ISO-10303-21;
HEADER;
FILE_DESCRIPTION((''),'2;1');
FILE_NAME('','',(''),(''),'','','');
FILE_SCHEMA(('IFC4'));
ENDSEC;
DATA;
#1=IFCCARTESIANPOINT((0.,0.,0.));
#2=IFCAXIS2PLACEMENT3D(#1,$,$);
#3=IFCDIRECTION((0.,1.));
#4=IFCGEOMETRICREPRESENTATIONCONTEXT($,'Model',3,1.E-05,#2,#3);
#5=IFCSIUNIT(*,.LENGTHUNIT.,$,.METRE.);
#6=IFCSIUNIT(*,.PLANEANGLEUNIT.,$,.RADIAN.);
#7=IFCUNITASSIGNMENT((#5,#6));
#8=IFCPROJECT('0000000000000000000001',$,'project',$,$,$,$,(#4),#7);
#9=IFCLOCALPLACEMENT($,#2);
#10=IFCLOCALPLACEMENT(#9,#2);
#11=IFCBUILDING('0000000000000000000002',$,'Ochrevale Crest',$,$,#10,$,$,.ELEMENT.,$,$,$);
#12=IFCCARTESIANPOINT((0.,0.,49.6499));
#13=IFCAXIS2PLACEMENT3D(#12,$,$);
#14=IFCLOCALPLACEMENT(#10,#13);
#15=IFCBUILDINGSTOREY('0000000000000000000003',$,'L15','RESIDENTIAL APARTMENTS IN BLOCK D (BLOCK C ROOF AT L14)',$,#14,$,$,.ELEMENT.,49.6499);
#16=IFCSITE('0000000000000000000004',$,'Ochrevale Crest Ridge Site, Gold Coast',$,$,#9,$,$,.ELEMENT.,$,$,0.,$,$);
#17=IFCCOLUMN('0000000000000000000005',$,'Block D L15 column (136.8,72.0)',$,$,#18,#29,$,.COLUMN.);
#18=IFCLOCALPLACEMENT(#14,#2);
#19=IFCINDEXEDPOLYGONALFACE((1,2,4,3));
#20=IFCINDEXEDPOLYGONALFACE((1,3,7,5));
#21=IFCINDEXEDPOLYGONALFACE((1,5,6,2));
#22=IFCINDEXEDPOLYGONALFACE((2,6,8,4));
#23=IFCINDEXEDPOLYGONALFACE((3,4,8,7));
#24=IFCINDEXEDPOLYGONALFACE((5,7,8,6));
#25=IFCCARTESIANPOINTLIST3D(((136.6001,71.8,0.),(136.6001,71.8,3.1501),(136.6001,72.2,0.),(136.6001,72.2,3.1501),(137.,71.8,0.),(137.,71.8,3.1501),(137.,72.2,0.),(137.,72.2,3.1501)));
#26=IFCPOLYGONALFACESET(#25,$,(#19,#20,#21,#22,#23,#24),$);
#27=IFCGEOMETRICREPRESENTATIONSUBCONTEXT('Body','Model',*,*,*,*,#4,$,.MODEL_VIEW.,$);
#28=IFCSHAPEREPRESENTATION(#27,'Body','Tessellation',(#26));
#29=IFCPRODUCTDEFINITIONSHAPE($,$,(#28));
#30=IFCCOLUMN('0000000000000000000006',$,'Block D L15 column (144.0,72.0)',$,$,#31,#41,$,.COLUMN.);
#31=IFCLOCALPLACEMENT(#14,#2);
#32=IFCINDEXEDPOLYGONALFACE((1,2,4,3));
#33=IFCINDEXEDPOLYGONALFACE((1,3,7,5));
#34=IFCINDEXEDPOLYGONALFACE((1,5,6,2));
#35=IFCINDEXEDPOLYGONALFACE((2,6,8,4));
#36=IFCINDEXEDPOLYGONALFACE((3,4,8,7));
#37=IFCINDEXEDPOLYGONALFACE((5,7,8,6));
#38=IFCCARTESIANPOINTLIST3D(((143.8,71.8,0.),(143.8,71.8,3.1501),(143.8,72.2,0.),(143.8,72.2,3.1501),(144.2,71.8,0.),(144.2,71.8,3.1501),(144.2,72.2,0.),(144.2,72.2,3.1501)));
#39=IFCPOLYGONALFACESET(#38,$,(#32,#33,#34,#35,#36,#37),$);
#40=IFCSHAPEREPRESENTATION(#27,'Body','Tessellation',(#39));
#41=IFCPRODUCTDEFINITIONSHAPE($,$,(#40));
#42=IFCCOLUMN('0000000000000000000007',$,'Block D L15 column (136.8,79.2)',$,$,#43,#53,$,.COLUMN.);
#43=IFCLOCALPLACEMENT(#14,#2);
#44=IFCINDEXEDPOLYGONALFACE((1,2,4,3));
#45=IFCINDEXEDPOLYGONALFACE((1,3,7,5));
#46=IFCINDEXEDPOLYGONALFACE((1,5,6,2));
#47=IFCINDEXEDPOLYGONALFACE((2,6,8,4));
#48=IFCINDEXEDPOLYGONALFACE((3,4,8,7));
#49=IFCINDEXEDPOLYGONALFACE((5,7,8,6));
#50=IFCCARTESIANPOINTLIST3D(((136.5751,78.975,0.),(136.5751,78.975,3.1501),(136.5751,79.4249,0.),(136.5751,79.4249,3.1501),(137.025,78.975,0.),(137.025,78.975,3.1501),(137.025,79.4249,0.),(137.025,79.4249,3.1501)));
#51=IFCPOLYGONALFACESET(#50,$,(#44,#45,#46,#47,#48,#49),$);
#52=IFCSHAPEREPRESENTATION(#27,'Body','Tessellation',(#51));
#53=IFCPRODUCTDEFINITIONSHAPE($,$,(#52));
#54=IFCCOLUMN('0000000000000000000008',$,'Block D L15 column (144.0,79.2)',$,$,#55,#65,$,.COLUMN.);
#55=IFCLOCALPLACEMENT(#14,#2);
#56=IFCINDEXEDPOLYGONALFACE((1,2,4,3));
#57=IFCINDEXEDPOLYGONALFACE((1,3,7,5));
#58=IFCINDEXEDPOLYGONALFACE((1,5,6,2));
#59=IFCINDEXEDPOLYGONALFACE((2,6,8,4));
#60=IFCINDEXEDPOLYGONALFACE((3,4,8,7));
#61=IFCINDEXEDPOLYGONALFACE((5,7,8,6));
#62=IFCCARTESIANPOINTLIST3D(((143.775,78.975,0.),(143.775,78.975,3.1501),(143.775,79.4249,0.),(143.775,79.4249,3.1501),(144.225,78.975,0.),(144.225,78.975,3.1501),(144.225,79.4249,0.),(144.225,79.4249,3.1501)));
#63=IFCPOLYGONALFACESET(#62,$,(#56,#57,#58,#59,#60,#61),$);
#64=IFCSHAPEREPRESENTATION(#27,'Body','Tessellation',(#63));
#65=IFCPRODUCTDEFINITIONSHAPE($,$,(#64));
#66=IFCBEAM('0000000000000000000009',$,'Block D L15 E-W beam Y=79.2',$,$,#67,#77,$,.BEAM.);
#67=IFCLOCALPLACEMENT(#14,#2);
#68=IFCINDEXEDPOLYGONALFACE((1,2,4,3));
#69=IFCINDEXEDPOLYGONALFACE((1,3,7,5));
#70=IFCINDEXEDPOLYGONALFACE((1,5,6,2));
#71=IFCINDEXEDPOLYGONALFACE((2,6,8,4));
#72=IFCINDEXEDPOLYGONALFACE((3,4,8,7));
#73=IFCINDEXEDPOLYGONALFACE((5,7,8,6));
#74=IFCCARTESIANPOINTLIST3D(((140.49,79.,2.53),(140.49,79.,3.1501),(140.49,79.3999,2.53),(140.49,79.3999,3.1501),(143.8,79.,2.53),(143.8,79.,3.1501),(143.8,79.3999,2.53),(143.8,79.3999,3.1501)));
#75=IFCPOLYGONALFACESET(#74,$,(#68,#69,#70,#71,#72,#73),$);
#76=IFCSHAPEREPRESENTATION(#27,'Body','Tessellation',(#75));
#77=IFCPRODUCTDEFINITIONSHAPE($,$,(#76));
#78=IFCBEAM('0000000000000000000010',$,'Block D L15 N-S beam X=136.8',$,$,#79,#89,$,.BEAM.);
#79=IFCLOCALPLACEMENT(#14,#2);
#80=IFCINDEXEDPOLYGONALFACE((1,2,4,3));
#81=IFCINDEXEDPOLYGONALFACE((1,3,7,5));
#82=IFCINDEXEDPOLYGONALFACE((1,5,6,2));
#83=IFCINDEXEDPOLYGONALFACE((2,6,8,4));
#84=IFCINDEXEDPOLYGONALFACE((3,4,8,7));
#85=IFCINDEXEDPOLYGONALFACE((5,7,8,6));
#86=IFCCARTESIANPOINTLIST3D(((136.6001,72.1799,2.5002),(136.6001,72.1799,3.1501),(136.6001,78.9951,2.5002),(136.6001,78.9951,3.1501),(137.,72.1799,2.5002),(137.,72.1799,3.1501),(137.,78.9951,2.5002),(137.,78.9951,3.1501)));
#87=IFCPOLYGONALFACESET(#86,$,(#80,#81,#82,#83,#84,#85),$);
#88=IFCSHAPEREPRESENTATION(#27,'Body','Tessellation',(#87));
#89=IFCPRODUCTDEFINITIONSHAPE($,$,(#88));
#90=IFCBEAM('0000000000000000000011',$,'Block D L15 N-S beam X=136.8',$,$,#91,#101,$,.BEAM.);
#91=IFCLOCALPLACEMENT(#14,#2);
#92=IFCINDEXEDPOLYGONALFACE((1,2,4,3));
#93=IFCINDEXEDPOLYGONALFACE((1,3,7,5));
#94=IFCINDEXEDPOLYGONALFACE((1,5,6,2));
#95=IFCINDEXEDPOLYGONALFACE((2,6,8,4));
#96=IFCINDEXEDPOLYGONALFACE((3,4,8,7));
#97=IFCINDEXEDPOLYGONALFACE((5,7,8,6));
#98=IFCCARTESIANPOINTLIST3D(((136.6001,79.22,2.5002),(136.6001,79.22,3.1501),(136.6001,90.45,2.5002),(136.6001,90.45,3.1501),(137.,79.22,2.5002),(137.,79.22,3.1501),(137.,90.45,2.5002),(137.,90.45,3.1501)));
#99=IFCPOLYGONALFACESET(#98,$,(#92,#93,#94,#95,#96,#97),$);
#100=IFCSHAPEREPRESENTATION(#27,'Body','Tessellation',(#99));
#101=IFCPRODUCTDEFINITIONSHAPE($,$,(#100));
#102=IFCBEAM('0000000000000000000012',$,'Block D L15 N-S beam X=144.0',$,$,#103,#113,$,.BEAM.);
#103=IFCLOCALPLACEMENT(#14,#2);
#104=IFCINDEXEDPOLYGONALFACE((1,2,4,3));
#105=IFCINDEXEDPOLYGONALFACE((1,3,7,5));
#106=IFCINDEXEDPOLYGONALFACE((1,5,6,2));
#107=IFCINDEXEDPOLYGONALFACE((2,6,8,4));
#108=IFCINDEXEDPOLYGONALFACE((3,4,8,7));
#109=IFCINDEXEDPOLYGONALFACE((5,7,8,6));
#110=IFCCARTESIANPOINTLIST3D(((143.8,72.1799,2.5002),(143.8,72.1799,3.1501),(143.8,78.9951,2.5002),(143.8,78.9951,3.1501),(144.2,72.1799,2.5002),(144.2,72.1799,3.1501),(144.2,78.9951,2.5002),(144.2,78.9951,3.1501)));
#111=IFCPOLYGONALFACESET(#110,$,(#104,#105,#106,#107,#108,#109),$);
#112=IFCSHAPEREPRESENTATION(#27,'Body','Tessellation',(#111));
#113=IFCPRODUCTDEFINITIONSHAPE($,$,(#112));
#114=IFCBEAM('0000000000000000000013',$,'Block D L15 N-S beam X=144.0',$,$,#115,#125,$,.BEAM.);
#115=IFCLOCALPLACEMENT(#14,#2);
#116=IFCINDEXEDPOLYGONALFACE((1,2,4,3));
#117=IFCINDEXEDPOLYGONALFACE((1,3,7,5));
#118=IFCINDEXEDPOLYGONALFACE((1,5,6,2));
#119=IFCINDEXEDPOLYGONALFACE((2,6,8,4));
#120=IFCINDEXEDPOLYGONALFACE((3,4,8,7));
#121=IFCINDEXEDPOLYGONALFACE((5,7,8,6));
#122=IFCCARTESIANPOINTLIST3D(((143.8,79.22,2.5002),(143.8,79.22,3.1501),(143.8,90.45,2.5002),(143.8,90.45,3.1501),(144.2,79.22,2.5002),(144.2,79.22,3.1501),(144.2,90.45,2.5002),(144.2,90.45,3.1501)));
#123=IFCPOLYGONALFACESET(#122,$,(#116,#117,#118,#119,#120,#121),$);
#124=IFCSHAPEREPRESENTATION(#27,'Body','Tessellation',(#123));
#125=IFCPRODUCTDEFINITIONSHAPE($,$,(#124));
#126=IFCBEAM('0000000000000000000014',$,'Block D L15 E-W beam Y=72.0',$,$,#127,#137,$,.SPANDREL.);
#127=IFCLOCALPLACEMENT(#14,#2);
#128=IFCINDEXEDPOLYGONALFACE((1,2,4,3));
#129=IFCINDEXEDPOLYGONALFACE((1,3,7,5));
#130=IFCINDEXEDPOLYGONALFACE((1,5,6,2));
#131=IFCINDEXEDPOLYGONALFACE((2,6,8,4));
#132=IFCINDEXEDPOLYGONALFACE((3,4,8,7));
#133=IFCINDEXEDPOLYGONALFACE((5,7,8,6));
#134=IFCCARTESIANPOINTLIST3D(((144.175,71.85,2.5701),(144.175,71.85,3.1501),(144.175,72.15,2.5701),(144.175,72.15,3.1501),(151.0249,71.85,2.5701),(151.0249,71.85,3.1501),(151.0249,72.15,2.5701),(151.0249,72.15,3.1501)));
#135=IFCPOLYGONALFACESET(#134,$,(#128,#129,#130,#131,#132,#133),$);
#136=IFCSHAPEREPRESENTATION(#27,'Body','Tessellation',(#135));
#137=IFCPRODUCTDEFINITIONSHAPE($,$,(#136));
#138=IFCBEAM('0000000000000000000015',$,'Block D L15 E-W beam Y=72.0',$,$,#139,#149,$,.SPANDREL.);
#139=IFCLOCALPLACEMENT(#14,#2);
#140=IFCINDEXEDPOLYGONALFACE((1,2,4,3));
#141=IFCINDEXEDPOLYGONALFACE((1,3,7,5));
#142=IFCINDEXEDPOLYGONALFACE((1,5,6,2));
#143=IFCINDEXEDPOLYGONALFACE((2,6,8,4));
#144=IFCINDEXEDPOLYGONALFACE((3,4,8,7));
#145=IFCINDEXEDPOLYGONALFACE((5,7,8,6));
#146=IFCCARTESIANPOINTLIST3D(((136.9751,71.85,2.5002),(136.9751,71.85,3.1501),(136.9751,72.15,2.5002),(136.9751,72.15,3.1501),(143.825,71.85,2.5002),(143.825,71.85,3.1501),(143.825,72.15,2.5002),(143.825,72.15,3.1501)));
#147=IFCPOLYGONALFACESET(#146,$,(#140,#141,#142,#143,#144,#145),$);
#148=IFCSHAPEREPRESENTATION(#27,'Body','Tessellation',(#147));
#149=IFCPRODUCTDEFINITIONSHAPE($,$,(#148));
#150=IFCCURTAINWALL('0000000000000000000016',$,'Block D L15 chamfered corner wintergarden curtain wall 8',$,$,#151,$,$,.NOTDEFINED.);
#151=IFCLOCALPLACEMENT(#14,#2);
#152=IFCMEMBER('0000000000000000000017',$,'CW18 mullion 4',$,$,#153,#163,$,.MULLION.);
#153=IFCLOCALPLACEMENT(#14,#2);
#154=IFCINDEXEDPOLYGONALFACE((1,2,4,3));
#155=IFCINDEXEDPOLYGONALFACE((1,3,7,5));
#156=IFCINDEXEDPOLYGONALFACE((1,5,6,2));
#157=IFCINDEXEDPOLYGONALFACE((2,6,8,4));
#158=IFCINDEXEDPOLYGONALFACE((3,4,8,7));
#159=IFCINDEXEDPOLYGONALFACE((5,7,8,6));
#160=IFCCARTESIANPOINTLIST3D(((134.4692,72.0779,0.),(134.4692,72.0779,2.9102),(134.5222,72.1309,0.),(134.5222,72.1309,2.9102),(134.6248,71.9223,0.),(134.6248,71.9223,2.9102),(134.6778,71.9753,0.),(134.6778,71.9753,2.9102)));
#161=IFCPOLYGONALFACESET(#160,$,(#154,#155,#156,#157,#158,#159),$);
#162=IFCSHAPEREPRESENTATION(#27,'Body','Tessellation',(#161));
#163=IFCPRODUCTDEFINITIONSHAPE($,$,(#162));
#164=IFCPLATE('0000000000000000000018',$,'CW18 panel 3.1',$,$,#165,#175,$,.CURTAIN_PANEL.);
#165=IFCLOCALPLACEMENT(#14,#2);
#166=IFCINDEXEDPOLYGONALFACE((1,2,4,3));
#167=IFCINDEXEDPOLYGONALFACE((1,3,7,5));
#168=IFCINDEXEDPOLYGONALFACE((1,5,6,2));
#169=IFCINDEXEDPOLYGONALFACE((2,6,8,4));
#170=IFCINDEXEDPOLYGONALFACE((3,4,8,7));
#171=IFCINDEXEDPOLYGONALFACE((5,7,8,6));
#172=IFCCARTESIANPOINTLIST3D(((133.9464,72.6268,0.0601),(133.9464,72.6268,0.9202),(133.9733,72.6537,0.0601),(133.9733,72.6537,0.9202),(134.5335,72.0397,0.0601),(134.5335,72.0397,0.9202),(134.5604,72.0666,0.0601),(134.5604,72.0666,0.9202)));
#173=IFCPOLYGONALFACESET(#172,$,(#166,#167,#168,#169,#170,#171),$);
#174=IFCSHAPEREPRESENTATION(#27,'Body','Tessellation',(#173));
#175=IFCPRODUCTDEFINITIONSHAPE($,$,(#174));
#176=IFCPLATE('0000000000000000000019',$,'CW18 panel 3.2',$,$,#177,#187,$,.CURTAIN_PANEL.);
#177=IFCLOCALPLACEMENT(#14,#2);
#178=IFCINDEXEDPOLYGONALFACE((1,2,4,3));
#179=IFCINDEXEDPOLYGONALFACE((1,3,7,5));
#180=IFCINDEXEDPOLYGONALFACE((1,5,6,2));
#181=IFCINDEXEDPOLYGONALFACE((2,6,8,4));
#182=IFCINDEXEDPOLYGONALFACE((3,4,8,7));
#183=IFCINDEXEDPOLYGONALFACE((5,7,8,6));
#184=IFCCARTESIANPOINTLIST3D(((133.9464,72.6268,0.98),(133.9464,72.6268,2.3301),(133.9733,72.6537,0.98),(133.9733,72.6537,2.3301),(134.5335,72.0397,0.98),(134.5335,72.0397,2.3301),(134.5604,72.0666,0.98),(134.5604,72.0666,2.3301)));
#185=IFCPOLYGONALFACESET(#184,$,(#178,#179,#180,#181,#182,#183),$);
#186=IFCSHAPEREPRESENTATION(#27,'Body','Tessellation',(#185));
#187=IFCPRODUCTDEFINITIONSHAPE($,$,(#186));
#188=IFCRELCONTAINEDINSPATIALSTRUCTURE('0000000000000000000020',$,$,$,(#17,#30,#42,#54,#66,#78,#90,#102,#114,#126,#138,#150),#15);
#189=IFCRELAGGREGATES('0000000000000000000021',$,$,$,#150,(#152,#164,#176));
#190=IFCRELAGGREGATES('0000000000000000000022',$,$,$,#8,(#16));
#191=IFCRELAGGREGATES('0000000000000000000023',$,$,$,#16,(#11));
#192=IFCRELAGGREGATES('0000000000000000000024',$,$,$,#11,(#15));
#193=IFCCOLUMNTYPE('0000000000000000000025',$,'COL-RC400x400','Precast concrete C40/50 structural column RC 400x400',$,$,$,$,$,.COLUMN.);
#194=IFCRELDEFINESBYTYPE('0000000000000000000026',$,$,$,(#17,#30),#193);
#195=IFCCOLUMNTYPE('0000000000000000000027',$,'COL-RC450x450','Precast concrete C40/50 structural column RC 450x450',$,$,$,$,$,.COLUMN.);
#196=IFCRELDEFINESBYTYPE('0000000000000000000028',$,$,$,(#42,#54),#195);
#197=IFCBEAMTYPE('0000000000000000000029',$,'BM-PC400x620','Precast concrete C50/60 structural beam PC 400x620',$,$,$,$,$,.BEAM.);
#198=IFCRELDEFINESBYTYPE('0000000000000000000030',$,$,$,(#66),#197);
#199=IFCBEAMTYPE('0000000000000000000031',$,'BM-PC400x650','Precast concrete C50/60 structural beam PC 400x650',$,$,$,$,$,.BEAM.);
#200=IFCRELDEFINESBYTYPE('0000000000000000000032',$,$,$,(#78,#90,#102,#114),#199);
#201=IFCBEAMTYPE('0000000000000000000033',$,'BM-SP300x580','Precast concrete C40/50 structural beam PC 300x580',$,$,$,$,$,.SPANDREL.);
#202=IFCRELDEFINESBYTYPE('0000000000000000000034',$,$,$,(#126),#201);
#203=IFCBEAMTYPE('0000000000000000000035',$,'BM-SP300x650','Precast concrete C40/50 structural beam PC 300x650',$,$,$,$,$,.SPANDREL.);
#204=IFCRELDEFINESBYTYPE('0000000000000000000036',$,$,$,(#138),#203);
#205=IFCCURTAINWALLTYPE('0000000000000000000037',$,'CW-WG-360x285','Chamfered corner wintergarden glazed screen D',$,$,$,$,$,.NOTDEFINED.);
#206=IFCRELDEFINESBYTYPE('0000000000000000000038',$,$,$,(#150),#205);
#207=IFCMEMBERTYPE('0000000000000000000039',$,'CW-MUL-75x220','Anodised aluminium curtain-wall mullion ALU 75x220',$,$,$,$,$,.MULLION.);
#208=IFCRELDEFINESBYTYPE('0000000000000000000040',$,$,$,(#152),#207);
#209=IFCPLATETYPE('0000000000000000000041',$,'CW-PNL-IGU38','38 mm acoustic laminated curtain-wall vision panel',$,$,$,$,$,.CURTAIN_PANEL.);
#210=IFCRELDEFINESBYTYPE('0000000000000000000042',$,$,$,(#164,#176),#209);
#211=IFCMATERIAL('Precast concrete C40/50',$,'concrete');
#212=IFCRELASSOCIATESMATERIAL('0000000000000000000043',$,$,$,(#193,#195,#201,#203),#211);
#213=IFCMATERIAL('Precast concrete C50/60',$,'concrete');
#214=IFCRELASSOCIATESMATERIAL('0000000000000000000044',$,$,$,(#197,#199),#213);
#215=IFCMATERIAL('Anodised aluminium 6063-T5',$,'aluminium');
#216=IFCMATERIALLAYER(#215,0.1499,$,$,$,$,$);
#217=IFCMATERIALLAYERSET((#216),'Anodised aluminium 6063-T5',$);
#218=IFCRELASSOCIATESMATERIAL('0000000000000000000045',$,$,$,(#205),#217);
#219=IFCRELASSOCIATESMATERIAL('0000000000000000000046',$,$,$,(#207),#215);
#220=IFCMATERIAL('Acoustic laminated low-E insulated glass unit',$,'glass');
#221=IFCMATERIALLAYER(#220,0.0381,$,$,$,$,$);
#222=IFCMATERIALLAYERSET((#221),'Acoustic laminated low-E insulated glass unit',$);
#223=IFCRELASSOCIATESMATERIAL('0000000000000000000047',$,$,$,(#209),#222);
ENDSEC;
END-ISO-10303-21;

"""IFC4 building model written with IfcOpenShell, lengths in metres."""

from ifc_helpers import new_model, si_unit, direction, frame, origin, origin_2d, place, context, subcontext, project, spatial, rectangle, extrude, material, layer, layer_set, material_profile, profile_set, type_object, element, aggregate, save


model = new_model("IFC4")

# Units and contexts
model_context = context("Model", 3, precision=1e-05, world=origin(), true_north=direction((0.0, 1.0)))
body_context = subcontext(model_context, "Body", "Model", "MODEL_VIEW")
ifc_project = project(units=[si_unit("LENGTHUNIT", "METRE"), si_unit("PLANEANGLEUNIT", "RADIAN")], contexts=[model_context])

# Site, building, storey
site_placement = place(None, origin())
site = spatial("IfcSite", under=ifc_project, at=site_placement, Name="Ochrevale Crest Ridge Site, Gold Coast", CompositionType="ELEMENT", RefElevation=0.0)
building_placement = place(site_placement, origin())
building = spatial("IfcBuilding", under=site, at=building_placement, Name="Ochrevale Crest", CompositionType="ELEMENT")
storey_placement = place(building_placement, frame((0.0, 0.0, 49.6499)))
storey = spatial("IfcBuildingStorey", under=building, at=storey_placement, Name="L15", Description="RESIDENTIAL APARTMENTS IN BLOCK D (BLOCK C ROOF AT L14)", CompositionType="ELEMENT", Elevation=49.6499)

# Columns
ifc_material_1 = material(Name="Precast concrete C40/50", Category="concrete")
ifc_material_profile_1 = material_profile(ifc_material_1, rectangle(XDim=0.3999, YDim=0.3999, at=origin_2d()), Name="RC 400x400")
ifc_profile_set_1 = profile_set([ifc_material_profile_1], Name="Precast concrete C40/50")
column_type_1 = type_object("IfcColumnType", Name="COL-RC400x400", Description="Precast concrete C40/50 structural column RC 400x400", PredefinedType="COLUMN", material=ifc_profile_set_1)
for number, where, z_axis, x_axis, name in (
    (1, (136.8, 72.0, 0.0), (0.0, 0.0, 1.0), (1.0, 0.0, 0.0), "Block D L15 column (136.8,72.0)"),
    (2, (144.0, 72.0, 0.0), (0.0, 0.0, 1.0), (1.0, 0.0, 0.0), "Block D L15 column (144.0,72.0)"),
):
    element("IfcColumn", number, at=place(storey_placement, frame(where, z_axis=z_axis, x_axis=x_axis)), inside=storey, type_object=column_type_1, Name=name, PredefinedType="COLUMN", context=body_context, shape_type="SweptSolid", body=[
        extrude(rectangle(XDim=0.3999, YDim=0.3999, at=origin_2d()), origin(), (0.0, 0.0, 1.0), 3.1501),
    ])
ifc_material_profile_2 = material_profile(ifc_material_1, rectangle(XDim=0.45, YDim=0.45, at=origin_2d()), Name="RC 450x450")
ifc_profile_set_2 = profile_set([ifc_material_profile_2], Name="Precast concrete C40/50")
column_type_2 = type_object("IfcColumnType", Name="COL-RC450x450", Description="Precast concrete C40/50 structural column RC 450x450", PredefinedType="COLUMN", material=ifc_profile_set_2)
for number, where, z_axis, x_axis, name in (
    (3, (136.8, 79.2, 0.0), (0.0, 0.0, 1.0), (1.0, 0.0, 0.0), "Block D L15 column (136.8,79.2)"),
    (4, (144.0, 79.2, 0.0), (0.0, 0.0, 1.0), (1.0, 0.0, 0.0), "Block D L15 column (144.0,79.2)"),
):
    element("IfcColumn", number, at=place(storey_placement, frame(where, z_axis=z_axis, x_axis=x_axis)), inside=storey, type_object=column_type_2, Name=name, PredefinedType="COLUMN", context=body_context, shape_type="SweptSolid", body=[
        extrude(rectangle(XDim=0.45, YDim=0.45, at=origin_2d()), origin(), (0.0, 0.0, 1.0), 3.1501),
    ])

# Beams
ifc_material_2 = material(Name="Precast concrete C50/60", Category="concrete")
ifc_material_profile_3 = material_profile(ifc_material_2, rectangle(XDim=0.3999, YDim=0.6201, at=origin_2d()), Name="PC 400x620")
ifc_profile_set_3 = profile_set([ifc_material_profile_3], Name="Precast concrete C50/60")
beam_type_1 = type_object("IfcBeamType", Name="BM-PC400x620", Description="Precast concrete C50/60 structural beam PC 400x620", PredefinedType="BEAM", material=ifc_profile_set_3)
beam_1_placement = place(storey_placement, frame((140.49, 79.2, 2.8401), z_axis=(1.0, 0.0, 0.0), x_axis=(0.0, 1.0, 0.0)))
element("IfcBeam", 5, at=beam_1_placement, inside=storey, type_object=beam_type_1, Name="Block D L15 E-W beam Y=79.2", PredefinedType="BEAM", context=body_context, shape_type="SweptSolid", body=[
    extrude(rectangle(XDim=0.3999, YDim=0.6201, at=origin_2d()), origin(), (0.0, 0.0, 1.0), 3.3101),
])
ifc_material_profile_4 = material_profile(ifc_material_2, rectangle(XDim=0.3999, YDim=0.6499, at=origin_2d()), Name="PC 400x650")
ifc_profile_set_4 = profile_set([ifc_material_profile_4], Name="Precast concrete C50/60")
beam_type_2 = type_object("IfcBeamType", Name="BM-PC400x650", Description="Precast concrete C50/60 structural beam PC 400x650", PredefinedType="BEAM", material=ifc_profile_set_4)
beam_2_placement = place(storey_placement, frame((136.8, 72.1799, 2.8252), z_axis=(0.0, 1.0, 0.0), x_axis=(-1.0, 0.0, 0.0)))
element("IfcBeam", 6, at=beam_2_placement, inside=storey, type_object=beam_type_2, Name="Block D L15 N-S beam X=136.8", PredefinedType="BEAM", context=body_context, shape_type="SweptSolid", body=[
    extrude(rectangle(XDim=0.3999, YDim=0.6499, at=origin_2d()), origin(), (0.0, 0.0, 1.0), 6.8152),
])
beam_3_placement = place(storey_placement, frame((136.8, 79.22, 2.8252), z_axis=(0.0, 1.0, 0.0), x_axis=(-1.0, 0.0, 0.0)))
element("IfcBeam", 7, at=beam_3_placement, inside=storey, type_object=beam_type_2, Name="Block D L15 N-S beam X=136.8", PredefinedType="BEAM", context=body_context, shape_type="SweptSolid", body=[
    extrude(rectangle(XDim=0.3999, YDim=0.6499, at=origin_2d()), origin(), (0.0, 0.0, 1.0), 11.23),
])
beam_4_placement = place(storey_placement, frame((144.0, 72.1799, 2.8252), z_axis=(0.0, 1.0, 0.0), x_axis=(-1.0, 0.0, 0.0)))
element("IfcBeam", 8, at=beam_4_placement, inside=storey, type_object=beam_type_2, Name="Block D L15 N-S beam X=144.0", PredefinedType="BEAM", context=body_context, shape_type="SweptSolid", body=[
    extrude(rectangle(XDim=0.3999, YDim=0.6499, at=origin_2d()), origin(), (0.0, 0.0, 1.0), 6.8152),
])
beam_5_placement = place(storey_placement, frame((144.0, 79.22, 2.8252), z_axis=(0.0, 1.0, 0.0), x_axis=(-1.0, 0.0, 0.0)))
element("IfcBeam", 9, at=beam_5_placement, inside=storey, type_object=beam_type_2, Name="Block D L15 N-S beam X=144.0", PredefinedType="BEAM", context=body_context, shape_type="SweptSolid", body=[
    extrude(rectangle(XDim=0.3999, YDim=0.6499, at=origin_2d()), origin(), (0.0, 0.0, 1.0), 11.23),
])
ifc_material_profile_5 = material_profile(ifc_material_1, rectangle(XDim=0.3, YDim=0.5801, at=origin_2d()), Name="PC 300x580")
ifc_profile_set_5 = profile_set([ifc_material_profile_5], Name="Precast concrete C40/50")
beam_type_3 = type_object("IfcBeamType", Name="BM-SP300x580", Description="Precast concrete C40/50 structural beam PC 300x580", PredefinedType="SPANDREL", material=ifc_profile_set_5)
beam_6_placement = place(storey_placement, frame((144.175, 72.0, 2.8601), z_axis=(1.0, 0.0, 0.0), x_axis=(0.0, 1.0, 0.0)))
element("IfcBeam", 10, at=beam_6_placement, inside=storey, type_object=beam_type_3, Name="Block D L15 E-W beam Y=72.0", PredefinedType="SPANDREL", context=body_context, shape_type="SweptSolid", body=[
    extrude(rectangle(XDim=0.3, YDim=0.5801, at=origin_2d()), origin(), (0.0, 0.0, 1.0), 6.8499),
])
ifc_material_profile_6 = material_profile(ifc_material_1, rectangle(XDim=0.3, YDim=0.6499, at=origin_2d()), Name="PC 300x650")
ifc_profile_set_6 = profile_set([ifc_material_profile_6], Name="Precast concrete C40/50")
beam_type_4 = type_object("IfcBeamType", Name="BM-SP300x650", Description="Precast concrete C40/50 structural beam PC 300x650", PredefinedType="SPANDREL", material=ifc_profile_set_6)
beam_7_placement = place(storey_placement, frame((136.9751, 72.0, 2.8252), z_axis=(1.0, 0.0, 0.0), x_axis=(0.0, 1.0, 0.0)))
element("IfcBeam", 11, at=beam_7_placement, inside=storey, type_object=beam_type_4, Name="Block D L15 E-W beam Y=72.0", PredefinedType="SPANDREL", context=body_context, shape_type="SweptSolid", body=[
    extrude(rectangle(XDim=0.3, YDim=0.6499, at=origin_2d()), origin(), (0.0, 0.0, 1.0), 6.8499),
])

# Curtain wall, member, plates
ifc_material_3 = material(Name="Anodised aluminium 6063-T5", Category="aluminium")
ifc_layer_1 = layer(ifc_material_3, 0.1499)
ifc_layer_set_1 = layer_set([ifc_layer_1], Name="Anodised aluminium 6063-T5")
curtain_wall_type = type_object("IfcCurtainWallType", Name="CW-WG-360x285", Description="Chamfered corner wintergarden glazed screen D", PredefinedType="NOTDEFINED", material=ifc_layer_set_1)
curtain_wall_placement = place(storey_placement, origin())
curtain_wall = element("IfcCurtainWall", 12, at=curtain_wall_placement, inside=storey, type_object=curtain_wall_type, Name="Block D L15 chamfered corner wintergarden curtain wall 8", PredefinedType="NOTDEFINED")
ifc_material_profile_7 = material_profile(ifc_material_3, rectangle(XDim=0.075, YDim=0.22, at=origin_2d()), Name="ALU 75x220")
ifc_profile_set_7 = profile_set([ifc_material_profile_7], Name="Anodised aluminium 6063-T5")
member_type = type_object("IfcMemberType", Name="CW-MUL-75x220", Description="Anodised aluminium curtain-wall mullion ALU 75x220", PredefinedType="MULLION", material=ifc_profile_set_7)
member_placement = place(storey_placement, frame((134.5735, 72.0266, 0.0), z_axis=(0.0, 0.0, 1.0), x_axis=(0.707107, 0.707107, 0.0)))
member = element("IfcMember", 13, at=member_placement, type_object=member_type, Name="CW18 mullion 4", PredefinedType="MULLION", context=body_context, shape_type="SweptSolid", body=[
    extrude(rectangle(XDim=0.075, YDim=0.22, at=origin_2d()), origin(), (0.0, 0.0, 1.0), 2.9102),
])
ifc_material_4 = material(Name="Acoustic laminated low-E insulated glass unit", Category="glass")
ifc_layer_2 = layer(ifc_material_4, 0.0381)
ifc_layer_set_2 = layer_set([ifc_layer_2], Name="Acoustic laminated low-E insulated glass unit")
plate_type = type_object("IfcPlateType", Name="CW-PNL-IGU38", Description="38 mm acoustic laminated curtain-wall vision panel", PredefinedType="CURTAIN_PANEL", material=ifc_layer_set_2)
plate_1_placement = place(storey_placement, frame((134.2534, 72.3467, 0.0601), z_axis=(0.0, 0.0, 1.0), x_axis=(0.707107, -0.707107, 0.0)))
plate_1 = element("IfcPlate", 14, at=plate_1_placement, type_object=plate_type, Name="CW18 panel 3.1", PredefinedType="CURTAIN_PANEL", context=body_context, shape_type="SweptSolid", body=[
    extrude(rectangle(XDim=0.8303, YDim=0.0381, at=origin_2d()), origin(), (0.0, 0.0, 1.0), 0.8601),
])
plate_2_placement = place(storey_placement, frame((134.2534, 72.3467, 0.98), z_axis=(0.0, 0.0, 1.0), x_axis=(0.707107, -0.707107, 0.0)))
plate_2 = element("IfcPlate", 15, at=plate_2_placement, type_object=plate_type, Name="CW18 panel 3.2", PredefinedType="CURTAIN_PANEL", context=body_context, shape_type="SweptSolid", body=[
    extrude(rectangle(XDim=0.8303, YDim=0.0381, at=origin_2d()), origin(), (0.0, 0.0, 1.0), 1.3501),
])
aggregate(curtain_wall, [member, plate_1, plate_2])

save(model, "model.ifc")
